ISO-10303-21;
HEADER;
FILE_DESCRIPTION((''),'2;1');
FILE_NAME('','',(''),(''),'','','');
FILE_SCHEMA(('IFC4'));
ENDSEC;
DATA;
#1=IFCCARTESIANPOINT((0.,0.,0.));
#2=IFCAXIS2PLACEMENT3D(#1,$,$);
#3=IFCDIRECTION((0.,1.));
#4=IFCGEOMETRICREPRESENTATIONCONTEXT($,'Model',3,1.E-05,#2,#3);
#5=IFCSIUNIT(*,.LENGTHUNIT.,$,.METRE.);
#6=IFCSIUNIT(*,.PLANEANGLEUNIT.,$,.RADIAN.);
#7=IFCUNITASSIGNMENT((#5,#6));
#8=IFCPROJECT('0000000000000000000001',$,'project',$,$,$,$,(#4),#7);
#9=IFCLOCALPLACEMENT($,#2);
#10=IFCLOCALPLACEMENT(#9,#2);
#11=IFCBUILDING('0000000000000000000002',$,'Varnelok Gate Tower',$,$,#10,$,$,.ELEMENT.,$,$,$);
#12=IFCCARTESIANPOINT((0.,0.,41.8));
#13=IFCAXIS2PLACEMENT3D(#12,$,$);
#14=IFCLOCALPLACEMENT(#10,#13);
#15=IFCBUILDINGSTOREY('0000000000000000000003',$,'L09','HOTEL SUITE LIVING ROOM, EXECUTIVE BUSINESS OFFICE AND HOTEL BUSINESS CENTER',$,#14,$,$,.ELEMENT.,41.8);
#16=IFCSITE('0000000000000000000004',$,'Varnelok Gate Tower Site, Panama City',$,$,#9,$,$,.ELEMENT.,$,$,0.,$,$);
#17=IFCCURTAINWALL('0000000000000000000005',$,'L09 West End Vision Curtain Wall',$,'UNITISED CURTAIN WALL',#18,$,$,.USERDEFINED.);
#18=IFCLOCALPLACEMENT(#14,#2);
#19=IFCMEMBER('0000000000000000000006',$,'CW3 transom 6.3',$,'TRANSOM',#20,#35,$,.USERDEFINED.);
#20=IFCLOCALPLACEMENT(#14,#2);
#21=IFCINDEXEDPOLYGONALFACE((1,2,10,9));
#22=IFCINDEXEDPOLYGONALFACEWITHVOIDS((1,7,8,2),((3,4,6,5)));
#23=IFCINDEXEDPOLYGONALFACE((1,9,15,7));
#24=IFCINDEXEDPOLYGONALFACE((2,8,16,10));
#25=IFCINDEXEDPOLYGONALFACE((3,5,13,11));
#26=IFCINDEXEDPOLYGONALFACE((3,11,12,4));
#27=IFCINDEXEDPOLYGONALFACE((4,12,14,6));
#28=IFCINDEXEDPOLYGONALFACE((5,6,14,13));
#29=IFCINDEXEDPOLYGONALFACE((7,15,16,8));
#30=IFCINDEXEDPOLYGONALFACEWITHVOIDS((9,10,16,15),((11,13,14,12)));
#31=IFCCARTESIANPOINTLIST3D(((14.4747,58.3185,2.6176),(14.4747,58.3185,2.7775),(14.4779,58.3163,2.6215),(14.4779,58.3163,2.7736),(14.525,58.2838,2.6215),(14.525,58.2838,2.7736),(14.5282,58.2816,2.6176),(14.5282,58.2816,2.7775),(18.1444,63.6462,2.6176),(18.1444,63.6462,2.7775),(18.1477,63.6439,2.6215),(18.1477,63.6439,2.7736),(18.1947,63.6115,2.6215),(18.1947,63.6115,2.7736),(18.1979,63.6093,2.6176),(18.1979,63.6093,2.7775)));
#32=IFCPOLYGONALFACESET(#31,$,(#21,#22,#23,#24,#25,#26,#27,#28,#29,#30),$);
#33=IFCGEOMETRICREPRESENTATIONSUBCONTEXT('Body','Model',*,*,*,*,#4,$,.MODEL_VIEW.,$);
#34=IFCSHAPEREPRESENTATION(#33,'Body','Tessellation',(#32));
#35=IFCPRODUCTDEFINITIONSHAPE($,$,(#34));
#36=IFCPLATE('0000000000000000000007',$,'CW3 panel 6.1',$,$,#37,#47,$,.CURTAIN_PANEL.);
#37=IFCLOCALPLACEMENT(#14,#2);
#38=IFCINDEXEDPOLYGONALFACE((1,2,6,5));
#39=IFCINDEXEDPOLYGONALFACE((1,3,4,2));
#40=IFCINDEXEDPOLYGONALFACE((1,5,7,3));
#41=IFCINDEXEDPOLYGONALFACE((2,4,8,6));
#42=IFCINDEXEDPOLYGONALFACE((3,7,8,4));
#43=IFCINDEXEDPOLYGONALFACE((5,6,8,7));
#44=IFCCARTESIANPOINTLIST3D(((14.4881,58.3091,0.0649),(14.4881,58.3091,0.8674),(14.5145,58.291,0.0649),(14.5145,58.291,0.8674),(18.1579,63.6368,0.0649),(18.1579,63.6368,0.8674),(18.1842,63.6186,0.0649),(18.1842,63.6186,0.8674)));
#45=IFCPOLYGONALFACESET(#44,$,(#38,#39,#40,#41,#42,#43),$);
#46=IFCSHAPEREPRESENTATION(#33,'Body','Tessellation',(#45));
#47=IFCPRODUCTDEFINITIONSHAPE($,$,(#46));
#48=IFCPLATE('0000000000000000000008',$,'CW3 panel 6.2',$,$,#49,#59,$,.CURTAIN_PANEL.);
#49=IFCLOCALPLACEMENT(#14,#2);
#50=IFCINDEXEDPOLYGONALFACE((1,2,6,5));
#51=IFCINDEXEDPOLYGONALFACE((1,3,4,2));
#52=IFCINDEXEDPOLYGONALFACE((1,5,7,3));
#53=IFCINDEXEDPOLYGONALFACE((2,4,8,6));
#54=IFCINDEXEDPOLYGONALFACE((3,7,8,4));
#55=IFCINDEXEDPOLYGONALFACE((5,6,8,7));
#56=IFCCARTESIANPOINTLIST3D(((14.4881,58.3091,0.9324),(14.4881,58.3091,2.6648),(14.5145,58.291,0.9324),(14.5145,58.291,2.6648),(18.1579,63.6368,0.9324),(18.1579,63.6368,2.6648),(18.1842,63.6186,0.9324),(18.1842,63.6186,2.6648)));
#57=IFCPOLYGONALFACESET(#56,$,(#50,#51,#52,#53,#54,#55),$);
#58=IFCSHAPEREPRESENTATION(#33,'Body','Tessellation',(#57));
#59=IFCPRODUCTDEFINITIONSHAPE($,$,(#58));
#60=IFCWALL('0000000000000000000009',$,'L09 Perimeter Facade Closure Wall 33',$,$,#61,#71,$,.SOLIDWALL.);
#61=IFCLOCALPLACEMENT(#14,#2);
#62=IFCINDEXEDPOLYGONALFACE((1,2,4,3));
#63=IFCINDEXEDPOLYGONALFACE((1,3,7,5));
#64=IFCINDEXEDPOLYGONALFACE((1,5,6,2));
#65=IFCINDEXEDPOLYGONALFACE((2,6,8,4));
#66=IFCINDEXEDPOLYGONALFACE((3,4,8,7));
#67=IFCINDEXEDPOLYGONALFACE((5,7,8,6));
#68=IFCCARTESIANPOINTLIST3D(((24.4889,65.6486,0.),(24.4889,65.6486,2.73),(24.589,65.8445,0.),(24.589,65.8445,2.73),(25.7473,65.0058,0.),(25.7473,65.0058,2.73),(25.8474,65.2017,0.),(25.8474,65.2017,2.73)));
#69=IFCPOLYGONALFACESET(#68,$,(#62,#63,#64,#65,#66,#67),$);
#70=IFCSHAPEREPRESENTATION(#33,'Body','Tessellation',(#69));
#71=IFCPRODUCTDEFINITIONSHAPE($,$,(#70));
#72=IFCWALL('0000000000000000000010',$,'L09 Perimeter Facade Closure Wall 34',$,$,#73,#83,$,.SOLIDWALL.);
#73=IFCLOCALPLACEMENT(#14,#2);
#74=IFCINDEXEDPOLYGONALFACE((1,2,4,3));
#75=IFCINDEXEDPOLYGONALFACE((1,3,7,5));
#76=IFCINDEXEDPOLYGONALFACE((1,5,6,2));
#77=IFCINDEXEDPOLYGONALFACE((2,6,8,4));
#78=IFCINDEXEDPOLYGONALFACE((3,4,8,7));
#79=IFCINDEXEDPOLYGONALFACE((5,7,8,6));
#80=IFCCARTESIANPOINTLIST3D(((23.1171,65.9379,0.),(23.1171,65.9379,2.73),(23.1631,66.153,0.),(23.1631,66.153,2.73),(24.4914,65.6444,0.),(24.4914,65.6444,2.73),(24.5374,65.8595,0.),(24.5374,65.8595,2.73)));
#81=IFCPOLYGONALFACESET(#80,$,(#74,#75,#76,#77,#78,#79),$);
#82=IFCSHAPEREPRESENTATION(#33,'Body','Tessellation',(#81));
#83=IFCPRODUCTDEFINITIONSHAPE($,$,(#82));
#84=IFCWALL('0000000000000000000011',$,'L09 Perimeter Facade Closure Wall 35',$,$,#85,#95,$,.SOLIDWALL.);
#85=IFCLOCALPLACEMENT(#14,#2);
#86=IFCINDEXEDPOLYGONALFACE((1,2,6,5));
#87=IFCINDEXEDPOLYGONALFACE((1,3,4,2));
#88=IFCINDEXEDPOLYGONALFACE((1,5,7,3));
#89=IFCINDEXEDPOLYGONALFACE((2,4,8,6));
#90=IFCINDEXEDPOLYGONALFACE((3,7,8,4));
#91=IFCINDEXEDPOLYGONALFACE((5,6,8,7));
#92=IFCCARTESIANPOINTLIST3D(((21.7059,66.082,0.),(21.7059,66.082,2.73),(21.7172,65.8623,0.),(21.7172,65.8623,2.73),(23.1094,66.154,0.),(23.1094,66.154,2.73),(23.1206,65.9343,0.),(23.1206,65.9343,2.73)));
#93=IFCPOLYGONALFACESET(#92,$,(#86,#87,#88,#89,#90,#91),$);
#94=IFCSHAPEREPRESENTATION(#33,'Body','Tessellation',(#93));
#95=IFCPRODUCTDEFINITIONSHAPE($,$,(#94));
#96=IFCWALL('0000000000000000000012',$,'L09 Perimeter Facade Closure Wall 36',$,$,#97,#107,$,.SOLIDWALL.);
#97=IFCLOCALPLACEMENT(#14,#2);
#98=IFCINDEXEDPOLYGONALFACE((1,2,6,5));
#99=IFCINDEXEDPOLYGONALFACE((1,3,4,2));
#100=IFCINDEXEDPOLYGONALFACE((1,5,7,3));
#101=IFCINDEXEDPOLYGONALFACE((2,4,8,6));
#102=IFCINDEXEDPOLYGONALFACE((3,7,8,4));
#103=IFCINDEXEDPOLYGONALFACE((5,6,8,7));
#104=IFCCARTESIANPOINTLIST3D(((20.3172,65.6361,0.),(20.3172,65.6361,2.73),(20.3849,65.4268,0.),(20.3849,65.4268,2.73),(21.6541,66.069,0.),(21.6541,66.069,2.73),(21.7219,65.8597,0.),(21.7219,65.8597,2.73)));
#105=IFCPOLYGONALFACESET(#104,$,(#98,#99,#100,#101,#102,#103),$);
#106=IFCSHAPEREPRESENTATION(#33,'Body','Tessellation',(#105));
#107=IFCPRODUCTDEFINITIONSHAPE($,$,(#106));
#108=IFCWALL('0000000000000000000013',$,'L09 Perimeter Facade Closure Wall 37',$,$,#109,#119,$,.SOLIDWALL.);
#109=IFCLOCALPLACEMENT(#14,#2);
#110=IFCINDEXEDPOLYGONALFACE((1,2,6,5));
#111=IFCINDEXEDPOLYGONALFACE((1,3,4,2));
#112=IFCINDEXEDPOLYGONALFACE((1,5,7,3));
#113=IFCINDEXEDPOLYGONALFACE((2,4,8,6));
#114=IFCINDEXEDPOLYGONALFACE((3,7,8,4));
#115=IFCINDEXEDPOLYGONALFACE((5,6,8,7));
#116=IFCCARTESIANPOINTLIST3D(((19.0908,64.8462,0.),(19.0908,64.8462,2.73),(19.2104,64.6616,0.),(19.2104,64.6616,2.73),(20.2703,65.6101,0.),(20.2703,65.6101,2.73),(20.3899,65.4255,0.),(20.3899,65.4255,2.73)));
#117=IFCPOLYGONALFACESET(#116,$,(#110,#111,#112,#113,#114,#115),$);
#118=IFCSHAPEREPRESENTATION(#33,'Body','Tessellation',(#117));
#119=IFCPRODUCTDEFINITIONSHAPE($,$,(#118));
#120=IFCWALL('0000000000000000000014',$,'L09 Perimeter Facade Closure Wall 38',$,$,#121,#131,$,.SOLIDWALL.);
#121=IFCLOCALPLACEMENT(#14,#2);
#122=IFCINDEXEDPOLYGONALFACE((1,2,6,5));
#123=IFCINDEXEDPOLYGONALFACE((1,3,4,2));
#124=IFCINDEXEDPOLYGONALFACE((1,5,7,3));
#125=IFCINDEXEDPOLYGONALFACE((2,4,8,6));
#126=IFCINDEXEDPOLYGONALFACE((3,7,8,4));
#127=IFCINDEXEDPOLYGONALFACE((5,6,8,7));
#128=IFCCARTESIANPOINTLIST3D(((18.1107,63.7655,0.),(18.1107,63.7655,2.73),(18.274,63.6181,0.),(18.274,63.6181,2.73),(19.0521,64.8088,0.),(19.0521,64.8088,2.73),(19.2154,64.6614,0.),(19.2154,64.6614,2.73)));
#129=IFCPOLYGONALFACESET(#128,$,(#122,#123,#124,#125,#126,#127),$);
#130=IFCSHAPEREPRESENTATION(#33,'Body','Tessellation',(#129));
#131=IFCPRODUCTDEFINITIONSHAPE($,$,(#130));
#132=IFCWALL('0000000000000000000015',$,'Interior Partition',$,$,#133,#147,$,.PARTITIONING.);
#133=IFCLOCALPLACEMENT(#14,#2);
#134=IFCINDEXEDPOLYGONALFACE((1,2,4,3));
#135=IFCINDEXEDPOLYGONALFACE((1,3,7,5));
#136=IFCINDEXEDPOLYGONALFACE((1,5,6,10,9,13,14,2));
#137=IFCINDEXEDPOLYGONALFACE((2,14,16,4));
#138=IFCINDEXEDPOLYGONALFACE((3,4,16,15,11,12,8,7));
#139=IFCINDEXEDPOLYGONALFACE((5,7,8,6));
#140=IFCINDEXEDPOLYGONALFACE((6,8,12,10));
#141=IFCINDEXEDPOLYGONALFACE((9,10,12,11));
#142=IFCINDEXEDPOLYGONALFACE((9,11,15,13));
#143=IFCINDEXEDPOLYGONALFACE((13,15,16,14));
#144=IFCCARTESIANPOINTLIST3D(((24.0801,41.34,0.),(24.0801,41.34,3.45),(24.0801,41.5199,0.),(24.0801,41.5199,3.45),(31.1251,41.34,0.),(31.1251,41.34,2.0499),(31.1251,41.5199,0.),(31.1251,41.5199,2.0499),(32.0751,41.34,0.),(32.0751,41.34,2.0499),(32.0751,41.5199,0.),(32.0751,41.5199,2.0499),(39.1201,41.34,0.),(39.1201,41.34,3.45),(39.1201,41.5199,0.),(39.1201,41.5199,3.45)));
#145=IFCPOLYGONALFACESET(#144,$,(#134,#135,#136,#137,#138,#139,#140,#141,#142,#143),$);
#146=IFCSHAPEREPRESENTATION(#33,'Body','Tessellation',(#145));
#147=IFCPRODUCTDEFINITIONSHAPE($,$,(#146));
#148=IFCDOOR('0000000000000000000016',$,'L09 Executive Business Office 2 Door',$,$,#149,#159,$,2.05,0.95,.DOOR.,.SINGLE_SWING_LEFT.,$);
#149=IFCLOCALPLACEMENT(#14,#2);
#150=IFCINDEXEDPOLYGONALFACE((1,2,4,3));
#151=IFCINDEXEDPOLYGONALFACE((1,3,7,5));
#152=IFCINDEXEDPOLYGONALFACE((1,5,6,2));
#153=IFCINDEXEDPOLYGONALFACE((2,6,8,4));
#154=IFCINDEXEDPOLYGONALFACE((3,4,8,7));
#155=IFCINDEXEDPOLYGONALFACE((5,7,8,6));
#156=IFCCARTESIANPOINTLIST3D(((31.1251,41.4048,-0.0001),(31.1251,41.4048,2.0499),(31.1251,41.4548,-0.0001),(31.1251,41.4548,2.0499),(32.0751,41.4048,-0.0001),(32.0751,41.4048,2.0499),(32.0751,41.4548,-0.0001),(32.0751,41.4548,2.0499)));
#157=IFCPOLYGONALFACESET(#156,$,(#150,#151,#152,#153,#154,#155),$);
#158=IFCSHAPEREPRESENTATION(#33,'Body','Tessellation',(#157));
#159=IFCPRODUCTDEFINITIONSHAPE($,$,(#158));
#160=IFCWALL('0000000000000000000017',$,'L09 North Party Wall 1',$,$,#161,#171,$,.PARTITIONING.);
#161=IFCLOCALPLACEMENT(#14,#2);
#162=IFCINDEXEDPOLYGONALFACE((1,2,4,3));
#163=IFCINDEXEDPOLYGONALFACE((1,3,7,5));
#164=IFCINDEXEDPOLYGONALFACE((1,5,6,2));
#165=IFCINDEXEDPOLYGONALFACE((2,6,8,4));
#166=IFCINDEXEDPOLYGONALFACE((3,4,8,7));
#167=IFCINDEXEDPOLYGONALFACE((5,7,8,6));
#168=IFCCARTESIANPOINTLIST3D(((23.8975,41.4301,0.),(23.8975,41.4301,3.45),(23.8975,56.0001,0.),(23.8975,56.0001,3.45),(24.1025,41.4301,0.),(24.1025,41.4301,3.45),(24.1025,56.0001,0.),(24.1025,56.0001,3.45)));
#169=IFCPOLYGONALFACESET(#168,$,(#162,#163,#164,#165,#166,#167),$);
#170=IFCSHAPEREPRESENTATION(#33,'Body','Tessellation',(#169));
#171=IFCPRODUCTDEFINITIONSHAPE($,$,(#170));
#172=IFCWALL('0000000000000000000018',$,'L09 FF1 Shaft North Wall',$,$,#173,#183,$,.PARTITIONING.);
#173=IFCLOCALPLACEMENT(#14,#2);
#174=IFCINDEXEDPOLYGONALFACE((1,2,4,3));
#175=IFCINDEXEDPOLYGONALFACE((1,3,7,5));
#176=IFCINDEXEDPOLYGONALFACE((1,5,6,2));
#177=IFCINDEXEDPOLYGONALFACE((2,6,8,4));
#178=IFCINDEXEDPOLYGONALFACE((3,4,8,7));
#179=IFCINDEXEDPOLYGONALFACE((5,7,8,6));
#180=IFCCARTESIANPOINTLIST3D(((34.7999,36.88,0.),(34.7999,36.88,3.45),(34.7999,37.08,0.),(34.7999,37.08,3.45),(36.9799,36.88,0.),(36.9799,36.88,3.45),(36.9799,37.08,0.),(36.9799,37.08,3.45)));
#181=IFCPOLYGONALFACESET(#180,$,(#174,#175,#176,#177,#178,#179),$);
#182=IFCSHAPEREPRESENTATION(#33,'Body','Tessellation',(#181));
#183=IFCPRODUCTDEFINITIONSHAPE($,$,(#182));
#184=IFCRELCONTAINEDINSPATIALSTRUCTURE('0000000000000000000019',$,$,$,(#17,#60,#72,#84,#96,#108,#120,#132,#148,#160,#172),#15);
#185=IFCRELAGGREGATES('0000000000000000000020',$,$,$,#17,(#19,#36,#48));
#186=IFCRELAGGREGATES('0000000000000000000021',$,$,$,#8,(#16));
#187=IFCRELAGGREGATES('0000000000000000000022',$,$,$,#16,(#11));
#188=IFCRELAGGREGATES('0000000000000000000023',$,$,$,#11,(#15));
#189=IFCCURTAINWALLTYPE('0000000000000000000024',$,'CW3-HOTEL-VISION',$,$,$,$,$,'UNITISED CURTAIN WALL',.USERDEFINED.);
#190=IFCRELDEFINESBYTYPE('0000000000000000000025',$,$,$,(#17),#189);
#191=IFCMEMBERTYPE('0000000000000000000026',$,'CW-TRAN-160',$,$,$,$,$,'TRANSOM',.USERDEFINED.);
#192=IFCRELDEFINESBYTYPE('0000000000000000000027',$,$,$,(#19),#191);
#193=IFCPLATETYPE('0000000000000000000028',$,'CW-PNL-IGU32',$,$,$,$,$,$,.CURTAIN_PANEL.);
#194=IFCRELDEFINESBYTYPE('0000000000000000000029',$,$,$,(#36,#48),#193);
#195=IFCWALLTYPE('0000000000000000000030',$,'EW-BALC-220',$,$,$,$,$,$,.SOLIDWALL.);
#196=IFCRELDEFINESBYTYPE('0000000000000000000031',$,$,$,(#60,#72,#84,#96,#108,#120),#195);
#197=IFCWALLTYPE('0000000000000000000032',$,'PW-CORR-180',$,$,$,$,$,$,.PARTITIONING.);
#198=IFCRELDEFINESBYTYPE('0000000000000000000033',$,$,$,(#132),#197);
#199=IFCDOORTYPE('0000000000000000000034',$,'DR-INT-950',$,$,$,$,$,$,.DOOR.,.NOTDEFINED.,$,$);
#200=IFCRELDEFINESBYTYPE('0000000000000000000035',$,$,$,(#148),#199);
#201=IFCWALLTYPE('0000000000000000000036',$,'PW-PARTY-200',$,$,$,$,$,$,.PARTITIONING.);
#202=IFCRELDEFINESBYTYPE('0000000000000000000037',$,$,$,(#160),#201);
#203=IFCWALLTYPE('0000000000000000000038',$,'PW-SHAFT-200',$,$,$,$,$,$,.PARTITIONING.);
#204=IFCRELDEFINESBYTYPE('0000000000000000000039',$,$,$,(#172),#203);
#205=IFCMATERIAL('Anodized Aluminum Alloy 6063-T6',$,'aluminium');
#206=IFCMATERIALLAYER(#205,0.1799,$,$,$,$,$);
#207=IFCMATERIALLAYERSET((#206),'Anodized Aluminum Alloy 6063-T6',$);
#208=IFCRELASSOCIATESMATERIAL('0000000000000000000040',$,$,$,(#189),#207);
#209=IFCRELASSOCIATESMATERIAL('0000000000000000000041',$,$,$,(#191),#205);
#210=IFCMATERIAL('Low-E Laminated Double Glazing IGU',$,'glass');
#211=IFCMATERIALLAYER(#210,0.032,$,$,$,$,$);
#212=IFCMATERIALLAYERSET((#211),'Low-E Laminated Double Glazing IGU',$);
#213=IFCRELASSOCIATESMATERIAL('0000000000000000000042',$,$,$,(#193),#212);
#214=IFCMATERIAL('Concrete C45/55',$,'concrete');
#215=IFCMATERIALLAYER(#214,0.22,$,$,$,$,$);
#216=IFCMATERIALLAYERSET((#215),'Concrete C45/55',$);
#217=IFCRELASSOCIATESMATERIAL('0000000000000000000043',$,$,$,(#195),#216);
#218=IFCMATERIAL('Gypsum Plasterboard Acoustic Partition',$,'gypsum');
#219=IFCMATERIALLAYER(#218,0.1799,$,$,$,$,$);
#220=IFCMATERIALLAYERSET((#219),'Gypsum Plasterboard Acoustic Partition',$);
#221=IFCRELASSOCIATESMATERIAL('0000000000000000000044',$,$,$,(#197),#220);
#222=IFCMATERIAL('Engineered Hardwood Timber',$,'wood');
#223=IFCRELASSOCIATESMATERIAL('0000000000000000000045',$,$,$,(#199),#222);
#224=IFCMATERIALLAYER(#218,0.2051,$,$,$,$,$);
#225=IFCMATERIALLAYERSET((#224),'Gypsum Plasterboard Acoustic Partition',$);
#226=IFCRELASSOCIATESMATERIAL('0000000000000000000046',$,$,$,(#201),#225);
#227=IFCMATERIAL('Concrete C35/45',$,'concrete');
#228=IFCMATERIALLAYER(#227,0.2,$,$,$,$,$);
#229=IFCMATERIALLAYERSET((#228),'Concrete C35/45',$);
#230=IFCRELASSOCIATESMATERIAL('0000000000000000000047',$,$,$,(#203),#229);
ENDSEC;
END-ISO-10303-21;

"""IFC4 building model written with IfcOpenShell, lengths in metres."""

from ifc_helpers import new_model, si_unit, direction, frame, frame_2d, origin, origin_2d, place, context, subcontext, project, spatial, rectangle, hollow_rectangle, extrude, source, transform, mapped, material, layer, layer_set, material_profile, profile_set, type_object, element, fill, aggregate, save


model = new_model("IFC4")

# Units and contexts
model_context = context("Model", 3, precision=1e-05, world=origin(), true_north=direction((0.0, 1.0)))
body_context = subcontext(model_context, "Body", "Model", "MODEL_VIEW")
ifc_project = project(units=[si_unit("LENGTHUNIT", "METRE"), si_unit("PLANEANGLEUNIT", "RADIAN")], contexts=[model_context])

# Site, building, storey
site_placement = place(None, origin())
site = spatial("IfcSite", under=ifc_project, at=site_placement, Name="Varnelok Gate Tower Site, Panama City", CompositionType="ELEMENT", RefElevation=0.0)
building_placement = place(site_placement, origin())
building = spatial("IfcBuilding", under=site, at=building_placement, Name="Varnelok Gate Tower", CompositionType="ELEMENT")
storey_placement = place(building_placement, frame((0.0, 0.0, 41.8)))
storey = spatial("IfcBuildingStorey", under=building, at=storey_placement, Name="L09", Description="HOTEL SUITE LIVING ROOM, EXECUTIVE BUSINESS OFFICE AND HOTEL BUSINESS CENTER", CompositionType="ELEMENT", Elevation=41.8)

# Curtain wall, member, plates
ifc_material_1 = material(Name="Anodized Aluminum Alloy 6063-T6", Category="aluminium")
ifc_layer_1 = layer(ifc_material_1, 0.1799)
ifc_layer_set_1 = layer_set([ifc_layer_1], Name="Anodized Aluminum Alloy 6063-T6")
curtain_wall_type = type_object("IfcCurtainWallType", Name="CW3-HOTEL-VISION", ElementType="UNITISED CURTAIN WALL", PredefinedType="USERDEFINED", material=ifc_layer_set_1)
curtain_wall_placement = place(storey_placement, origin())
curtain_wall = element("IfcCurtainWall", 1, at=curtain_wall_placement, inside=storey, type_object=curtain_wall_type, Name="L09 West End Vision Curtain Wall", ObjectType="UNITISED CURTAIN WALL", PredefinedType="USERDEFINED")
ifc_material_profile_1 = material_profile(ifc_material_1, hollow_rectangle(XDim=0.0649, YDim=0.1599, WallThickness=0.0039, at=origin_2d()), Name="ALU160X65X4")
ifc_profile_set_1 = profile_set([ifc_material_profile_1], Name="Anodized Aluminum Alloy 6063-T6")
member_type_1 = type_object("IfcMemberType", Name="CW-TRAN-160", ElementType="TRANSOM", PredefinedType="USERDEFINED", material=ifc_profile_set_1)
member_1_placement = place(storey_placement, frame((14.5015, 58.3, 2.6975), z_axis=(0.567256, 0.823542, 0.0), x_axis=(-0.823542, 0.567256, 0.0)))
member_1 = element("IfcMember", 2, at=member_1_placement, type_object=member_type_1, Name="CW3 transom 6.3", ObjectType="TRANSOM", PredefinedType="USERDEFINED", context=body_context, shape_type="SweptSolid", body=[
    extrude(hollow_rectangle(XDim=0.0649, YDim=0.1599, WallThickness=0.0039, at=origin_2d()), origin(), (0.0, 0.0, 1.0), 6.4692),
])
ifc_material_2 = material(Name="Low-E Laminated Double Glazing IGU", Category="glass")
ifc_layer_2 = layer(ifc_material_2, 0.032)
ifc_layer_set_2 = layer_set([ifc_layer_2], Name="Low-E Laminated Double Glazing IGU")
plate_type = type_object("IfcPlateType", Name="CW-PNL-IGU32", PredefinedType="CURTAIN_PANEL", material=ifc_layer_set_2)
shared_shape_1 = source(origin(), body_context, "Body", "SweptSolid", [
    extrude(rectangle(XDim=6.4692, YDim=0.032, at=origin_2d()), origin(), (0.0, 0.0, 1.0), 0.8025),
])
plate_1_placement = place(storey_placement, frame((16.3362, 60.9639, 0.0649), z_axis=(0.0, 0.0, 1.0), x_axis=(0.567269, 0.823533, 0.0)))
plate_1 = element("IfcPlate", 3, at=plate_1_placement, type_object=plate_type, Name="CW3 panel 6.1", PredefinedType="CURTAIN_PANEL", context=body_context, shape_type="MappedRepresentation", body=[
    mapped(shared_shape_1, transform((0.0, 0.0, 0.0), scale=1.0)),
])
shared_shape_2 = source(origin(), body_context, "Body", "SweptSolid", [
    extrude(rectangle(XDim=6.4692, YDim=0.032, at=origin_2d()), origin(), (0.0, 0.0, 1.0), 1.7324),
])
plate_2_placement = place(storey_placement, frame((16.3362, 60.9639, 0.9324), z_axis=(0.0, 0.0, 1.0), x_axis=(0.567269, 0.823533, 0.0)))
plate_2 = element("IfcPlate", 4, at=plate_2_placement, type_object=plate_type, Name="CW3 panel 6.2", PredefinedType="CURTAIN_PANEL", context=body_context, shape_type="MappedRepresentation", body=[
    mapped(shared_shape_2, transform((0.0, 0.0, 0.0), scale=1.0)),
])
aggregate(curtain_wall, [member_1, plate_1, plate_2])

# Walls
ifc_material_3 = material(Name="Concrete C45/55", Category="concrete")
ifc_layer_3 = layer(ifc_material_3, 0.22)
ifc_layer_set_3 = layer_set([ifc_layer_3], Name="Concrete C45/55")
wall_type_1 = type_object("IfcWallType", Name="EW-BALC-220", PredefinedType="SOLIDWALL", material=ifc_layer_set_3)
wall_1_placement = place(storey_placement, frame((25.7974, 65.1038, 0.0), z_axis=(0.0, 0.0, 1.0), x_axis=(-0.890559, 0.454868, 0.0)))
element("IfcWall", 5, at=wall_1_placement, inside=storey, type_object=wall_type_1, Name="L09 Perimeter Facade Closure Wall 33", PredefinedType="SOLIDWALL", context=body_context, shape_type="SweptSolid", body=[
    extrude(rectangle(XDim=1.4131, YDim=0.22, at=frame_2d((0.7065, 0.0))), origin(), (0.0, 0.0, 1.0), 2.73),
])
for number, where, z_axis, x_axis, name in (
    (6, (24.5144, 65.752, 0.0), (0.0, 0.0, 1.0), (-0.977952, 0.208829, 0.0), "L09 Perimeter Facade Closure Wall 34"),
    (7, (23.115, 66.0442, 0.0), (0.0, 0.0, 1.0), (-0.998686, -0.051255, 0.0), "L09 Perimeter Facade Closure Wall 35"),
    (8, (21.688, 65.9644, 0.0), (0.0, 0.0, 1.0), (-0.951376, -0.308033, 0.0), "L09 Perimeter Facade Closure Wall 36"),
    (9, (20.3301, 65.5178, 0.0), (0.0, 0.0, 1.0), (-0.839328, -0.543626, 0.0), "L09 Perimeter Facade Closure Wall 37"),
    (10, (19.1338, 64.7351, 0.0), (0.0, 0.0, 1.0), (-0.669953, -0.742404, 0.0), "L09 Perimeter Facade Closure Wall 38"),
):
    element("IfcWall", number, at=place(storey_placement, frame(where, z_axis=z_axis, x_axis=x_axis)), inside=storey, type_object=wall_type_1, Name=name, PredefinedType="SOLIDWALL", context=body_context, shape_type="SweptSolid", body=[
        extrude(rectangle(XDim=1.4053, YDim=0.22, at=frame_2d((0.7026, 0.0))), origin(), (0.0, 0.0, 1.0), 2.73),
    ])

# Wall, opening, door
ifc_material_4 = material(Name="Gypsum Plasterboard Acoustic Partition", Category="gypsum")
ifc_layer_4 = layer(ifc_material_4, 0.1799)
ifc_layer_set_4 = layer_set([ifc_layer_4], Name="Gypsum Plasterboard Acoustic Partition")
wall_type_2 = type_object("IfcWallType", Name="PW-CORR-180", PredefinedType="PARTITIONING", material=ifc_layer_set_4)
wall_2_placement = place(storey_placement, frame((24.0801, 41.4299, 0.0), z_axis=(0.0, 0.0, 1.0), x_axis=(1.0, 0.0, 0.0)))
wall_2 = element("IfcWall", 11, at=wall_2_placement, inside=storey, type_object=wall_type_2, Name="Interior Partition", PredefinedType="PARTITIONING", context=body_context, shape_type="SweptSolid", body=[
    extrude(rectangle(XDim=15.04, YDim=0.1799, at=frame_2d((7.52, 0.0))), origin(), (0.0, 0.0, 1.0), 3.45),
])
opening_1_placement = place(wall_2_placement, frame((7.0449, 0.0, 0.0)))
opening_1 = element("IfcOpeningElement", 12, at=opening_1_placement, cuts=wall_2, PredefinedType="OPENING", context=body_context, shape_type="SweptSolid", body=[
    extrude(rectangle(XDim=0.95, YDim=2.05, at=frame_2d((0.4751, 1.0249))), frame((0.0, 0.0999, 0.0), z_axis=(0.0, -1.0, 0.0), x_axis=(1.0, 0.0, 0.0)), (0.0, 0.0, 1.0), 0.2),
])
ifc_material_5 = material(Name="Engineered Hardwood Timber", Category="wood")
door_type_1 = type_object("IfcDoorType", Name="DR-INT-950", OperationType="NOTDEFINED", PredefinedType="DOOR", material=ifc_material_5)
door_1_placement = place(opening_1_placement, origin())
door_1 = element("IfcDoor", 13, at=door_1_placement, inside=storey, type_object=door_type_1, Name="L09 Executive Business Office 2 Door", OperationType="SINGLE_SWING_LEFT", OverallHeight=2.05, OverallWidth=0.95, PredefinedType="DOOR", context=body_context, shape_type="SweptSolid", body=[
    extrude(rectangle(XDim=0.95, YDim=2.05, at=frame_2d((0.4751, 1.0249))), frame((0.0, 0.0249, 0.0), z_axis=(0.0, -1.0, 0.0), x_axis=(1.0, 0.0, 0.0)), (0.0, 0.0, 1.0), 0.05),
])
fill(opening_1, door_1)

# Walls
ifc_layer_5 = layer(ifc_material_4, 0.2051)
ifc_layer_set_5 = layer_set([ifc_layer_5], Name="Gypsum Plasterboard Acoustic Partition")
wall_type_3 = type_object("IfcWallType", Name="PW-PARTY-200", PredefinedType="PARTITIONING", material=ifc_layer_set_5)
wall_3_placement = place(storey_placement, frame((24.0, 41.4299, 0.0), z_axis=(0.0, 0.0, 1.0), x_axis=(0.0, 1.0, 0.0)))
element("IfcWall", 14, at=wall_3_placement, inside=storey, type_object=wall_type_3, Name="L09 North Party Wall 1", PredefinedType="PARTITIONING", context=body_context, shape_type="SweptSolid", body=[
    extrude(rectangle(XDim=14.5701, YDim=0.2051, at=frame_2d((7.2852, 0.0))), origin(), (0.0, 0.0, 1.0), 3.45),
])
ifc_material_6 = material(Name="Concrete C35/45", Category="concrete")
ifc_layer_6 = layer(ifc_material_6, 0.2)
ifc_layer_set_6 = layer_set([ifc_layer_6], Name="Concrete C35/45")
wall_type_4 = type_object("IfcWallType", Name="PW-SHAFT-200", PredefinedType="PARTITIONING", material=ifc_layer_set_6)
wall_4_placement = place(storey_placement, frame((34.8, 36.98, 0.0), z_axis=(0.0, 0.0, 1.0), x_axis=(1.0, 0.0, 0.0)))
element("IfcWall", 15, at=wall_4_placement, inside=storey, type_object=wall_type_4, Name="L09 FF1 Shaft North Wall", PredefinedType="PARTITIONING", context=body_context, shape_type="SweptSolid", body=[
    extrude(rectangle(XDim=2.1799, YDim=0.2, at=frame_2d((1.0898, 0.0))), origin(), (0.0, 0.0, 1.0), 3.45),
])

save(model, "model.ifc")
